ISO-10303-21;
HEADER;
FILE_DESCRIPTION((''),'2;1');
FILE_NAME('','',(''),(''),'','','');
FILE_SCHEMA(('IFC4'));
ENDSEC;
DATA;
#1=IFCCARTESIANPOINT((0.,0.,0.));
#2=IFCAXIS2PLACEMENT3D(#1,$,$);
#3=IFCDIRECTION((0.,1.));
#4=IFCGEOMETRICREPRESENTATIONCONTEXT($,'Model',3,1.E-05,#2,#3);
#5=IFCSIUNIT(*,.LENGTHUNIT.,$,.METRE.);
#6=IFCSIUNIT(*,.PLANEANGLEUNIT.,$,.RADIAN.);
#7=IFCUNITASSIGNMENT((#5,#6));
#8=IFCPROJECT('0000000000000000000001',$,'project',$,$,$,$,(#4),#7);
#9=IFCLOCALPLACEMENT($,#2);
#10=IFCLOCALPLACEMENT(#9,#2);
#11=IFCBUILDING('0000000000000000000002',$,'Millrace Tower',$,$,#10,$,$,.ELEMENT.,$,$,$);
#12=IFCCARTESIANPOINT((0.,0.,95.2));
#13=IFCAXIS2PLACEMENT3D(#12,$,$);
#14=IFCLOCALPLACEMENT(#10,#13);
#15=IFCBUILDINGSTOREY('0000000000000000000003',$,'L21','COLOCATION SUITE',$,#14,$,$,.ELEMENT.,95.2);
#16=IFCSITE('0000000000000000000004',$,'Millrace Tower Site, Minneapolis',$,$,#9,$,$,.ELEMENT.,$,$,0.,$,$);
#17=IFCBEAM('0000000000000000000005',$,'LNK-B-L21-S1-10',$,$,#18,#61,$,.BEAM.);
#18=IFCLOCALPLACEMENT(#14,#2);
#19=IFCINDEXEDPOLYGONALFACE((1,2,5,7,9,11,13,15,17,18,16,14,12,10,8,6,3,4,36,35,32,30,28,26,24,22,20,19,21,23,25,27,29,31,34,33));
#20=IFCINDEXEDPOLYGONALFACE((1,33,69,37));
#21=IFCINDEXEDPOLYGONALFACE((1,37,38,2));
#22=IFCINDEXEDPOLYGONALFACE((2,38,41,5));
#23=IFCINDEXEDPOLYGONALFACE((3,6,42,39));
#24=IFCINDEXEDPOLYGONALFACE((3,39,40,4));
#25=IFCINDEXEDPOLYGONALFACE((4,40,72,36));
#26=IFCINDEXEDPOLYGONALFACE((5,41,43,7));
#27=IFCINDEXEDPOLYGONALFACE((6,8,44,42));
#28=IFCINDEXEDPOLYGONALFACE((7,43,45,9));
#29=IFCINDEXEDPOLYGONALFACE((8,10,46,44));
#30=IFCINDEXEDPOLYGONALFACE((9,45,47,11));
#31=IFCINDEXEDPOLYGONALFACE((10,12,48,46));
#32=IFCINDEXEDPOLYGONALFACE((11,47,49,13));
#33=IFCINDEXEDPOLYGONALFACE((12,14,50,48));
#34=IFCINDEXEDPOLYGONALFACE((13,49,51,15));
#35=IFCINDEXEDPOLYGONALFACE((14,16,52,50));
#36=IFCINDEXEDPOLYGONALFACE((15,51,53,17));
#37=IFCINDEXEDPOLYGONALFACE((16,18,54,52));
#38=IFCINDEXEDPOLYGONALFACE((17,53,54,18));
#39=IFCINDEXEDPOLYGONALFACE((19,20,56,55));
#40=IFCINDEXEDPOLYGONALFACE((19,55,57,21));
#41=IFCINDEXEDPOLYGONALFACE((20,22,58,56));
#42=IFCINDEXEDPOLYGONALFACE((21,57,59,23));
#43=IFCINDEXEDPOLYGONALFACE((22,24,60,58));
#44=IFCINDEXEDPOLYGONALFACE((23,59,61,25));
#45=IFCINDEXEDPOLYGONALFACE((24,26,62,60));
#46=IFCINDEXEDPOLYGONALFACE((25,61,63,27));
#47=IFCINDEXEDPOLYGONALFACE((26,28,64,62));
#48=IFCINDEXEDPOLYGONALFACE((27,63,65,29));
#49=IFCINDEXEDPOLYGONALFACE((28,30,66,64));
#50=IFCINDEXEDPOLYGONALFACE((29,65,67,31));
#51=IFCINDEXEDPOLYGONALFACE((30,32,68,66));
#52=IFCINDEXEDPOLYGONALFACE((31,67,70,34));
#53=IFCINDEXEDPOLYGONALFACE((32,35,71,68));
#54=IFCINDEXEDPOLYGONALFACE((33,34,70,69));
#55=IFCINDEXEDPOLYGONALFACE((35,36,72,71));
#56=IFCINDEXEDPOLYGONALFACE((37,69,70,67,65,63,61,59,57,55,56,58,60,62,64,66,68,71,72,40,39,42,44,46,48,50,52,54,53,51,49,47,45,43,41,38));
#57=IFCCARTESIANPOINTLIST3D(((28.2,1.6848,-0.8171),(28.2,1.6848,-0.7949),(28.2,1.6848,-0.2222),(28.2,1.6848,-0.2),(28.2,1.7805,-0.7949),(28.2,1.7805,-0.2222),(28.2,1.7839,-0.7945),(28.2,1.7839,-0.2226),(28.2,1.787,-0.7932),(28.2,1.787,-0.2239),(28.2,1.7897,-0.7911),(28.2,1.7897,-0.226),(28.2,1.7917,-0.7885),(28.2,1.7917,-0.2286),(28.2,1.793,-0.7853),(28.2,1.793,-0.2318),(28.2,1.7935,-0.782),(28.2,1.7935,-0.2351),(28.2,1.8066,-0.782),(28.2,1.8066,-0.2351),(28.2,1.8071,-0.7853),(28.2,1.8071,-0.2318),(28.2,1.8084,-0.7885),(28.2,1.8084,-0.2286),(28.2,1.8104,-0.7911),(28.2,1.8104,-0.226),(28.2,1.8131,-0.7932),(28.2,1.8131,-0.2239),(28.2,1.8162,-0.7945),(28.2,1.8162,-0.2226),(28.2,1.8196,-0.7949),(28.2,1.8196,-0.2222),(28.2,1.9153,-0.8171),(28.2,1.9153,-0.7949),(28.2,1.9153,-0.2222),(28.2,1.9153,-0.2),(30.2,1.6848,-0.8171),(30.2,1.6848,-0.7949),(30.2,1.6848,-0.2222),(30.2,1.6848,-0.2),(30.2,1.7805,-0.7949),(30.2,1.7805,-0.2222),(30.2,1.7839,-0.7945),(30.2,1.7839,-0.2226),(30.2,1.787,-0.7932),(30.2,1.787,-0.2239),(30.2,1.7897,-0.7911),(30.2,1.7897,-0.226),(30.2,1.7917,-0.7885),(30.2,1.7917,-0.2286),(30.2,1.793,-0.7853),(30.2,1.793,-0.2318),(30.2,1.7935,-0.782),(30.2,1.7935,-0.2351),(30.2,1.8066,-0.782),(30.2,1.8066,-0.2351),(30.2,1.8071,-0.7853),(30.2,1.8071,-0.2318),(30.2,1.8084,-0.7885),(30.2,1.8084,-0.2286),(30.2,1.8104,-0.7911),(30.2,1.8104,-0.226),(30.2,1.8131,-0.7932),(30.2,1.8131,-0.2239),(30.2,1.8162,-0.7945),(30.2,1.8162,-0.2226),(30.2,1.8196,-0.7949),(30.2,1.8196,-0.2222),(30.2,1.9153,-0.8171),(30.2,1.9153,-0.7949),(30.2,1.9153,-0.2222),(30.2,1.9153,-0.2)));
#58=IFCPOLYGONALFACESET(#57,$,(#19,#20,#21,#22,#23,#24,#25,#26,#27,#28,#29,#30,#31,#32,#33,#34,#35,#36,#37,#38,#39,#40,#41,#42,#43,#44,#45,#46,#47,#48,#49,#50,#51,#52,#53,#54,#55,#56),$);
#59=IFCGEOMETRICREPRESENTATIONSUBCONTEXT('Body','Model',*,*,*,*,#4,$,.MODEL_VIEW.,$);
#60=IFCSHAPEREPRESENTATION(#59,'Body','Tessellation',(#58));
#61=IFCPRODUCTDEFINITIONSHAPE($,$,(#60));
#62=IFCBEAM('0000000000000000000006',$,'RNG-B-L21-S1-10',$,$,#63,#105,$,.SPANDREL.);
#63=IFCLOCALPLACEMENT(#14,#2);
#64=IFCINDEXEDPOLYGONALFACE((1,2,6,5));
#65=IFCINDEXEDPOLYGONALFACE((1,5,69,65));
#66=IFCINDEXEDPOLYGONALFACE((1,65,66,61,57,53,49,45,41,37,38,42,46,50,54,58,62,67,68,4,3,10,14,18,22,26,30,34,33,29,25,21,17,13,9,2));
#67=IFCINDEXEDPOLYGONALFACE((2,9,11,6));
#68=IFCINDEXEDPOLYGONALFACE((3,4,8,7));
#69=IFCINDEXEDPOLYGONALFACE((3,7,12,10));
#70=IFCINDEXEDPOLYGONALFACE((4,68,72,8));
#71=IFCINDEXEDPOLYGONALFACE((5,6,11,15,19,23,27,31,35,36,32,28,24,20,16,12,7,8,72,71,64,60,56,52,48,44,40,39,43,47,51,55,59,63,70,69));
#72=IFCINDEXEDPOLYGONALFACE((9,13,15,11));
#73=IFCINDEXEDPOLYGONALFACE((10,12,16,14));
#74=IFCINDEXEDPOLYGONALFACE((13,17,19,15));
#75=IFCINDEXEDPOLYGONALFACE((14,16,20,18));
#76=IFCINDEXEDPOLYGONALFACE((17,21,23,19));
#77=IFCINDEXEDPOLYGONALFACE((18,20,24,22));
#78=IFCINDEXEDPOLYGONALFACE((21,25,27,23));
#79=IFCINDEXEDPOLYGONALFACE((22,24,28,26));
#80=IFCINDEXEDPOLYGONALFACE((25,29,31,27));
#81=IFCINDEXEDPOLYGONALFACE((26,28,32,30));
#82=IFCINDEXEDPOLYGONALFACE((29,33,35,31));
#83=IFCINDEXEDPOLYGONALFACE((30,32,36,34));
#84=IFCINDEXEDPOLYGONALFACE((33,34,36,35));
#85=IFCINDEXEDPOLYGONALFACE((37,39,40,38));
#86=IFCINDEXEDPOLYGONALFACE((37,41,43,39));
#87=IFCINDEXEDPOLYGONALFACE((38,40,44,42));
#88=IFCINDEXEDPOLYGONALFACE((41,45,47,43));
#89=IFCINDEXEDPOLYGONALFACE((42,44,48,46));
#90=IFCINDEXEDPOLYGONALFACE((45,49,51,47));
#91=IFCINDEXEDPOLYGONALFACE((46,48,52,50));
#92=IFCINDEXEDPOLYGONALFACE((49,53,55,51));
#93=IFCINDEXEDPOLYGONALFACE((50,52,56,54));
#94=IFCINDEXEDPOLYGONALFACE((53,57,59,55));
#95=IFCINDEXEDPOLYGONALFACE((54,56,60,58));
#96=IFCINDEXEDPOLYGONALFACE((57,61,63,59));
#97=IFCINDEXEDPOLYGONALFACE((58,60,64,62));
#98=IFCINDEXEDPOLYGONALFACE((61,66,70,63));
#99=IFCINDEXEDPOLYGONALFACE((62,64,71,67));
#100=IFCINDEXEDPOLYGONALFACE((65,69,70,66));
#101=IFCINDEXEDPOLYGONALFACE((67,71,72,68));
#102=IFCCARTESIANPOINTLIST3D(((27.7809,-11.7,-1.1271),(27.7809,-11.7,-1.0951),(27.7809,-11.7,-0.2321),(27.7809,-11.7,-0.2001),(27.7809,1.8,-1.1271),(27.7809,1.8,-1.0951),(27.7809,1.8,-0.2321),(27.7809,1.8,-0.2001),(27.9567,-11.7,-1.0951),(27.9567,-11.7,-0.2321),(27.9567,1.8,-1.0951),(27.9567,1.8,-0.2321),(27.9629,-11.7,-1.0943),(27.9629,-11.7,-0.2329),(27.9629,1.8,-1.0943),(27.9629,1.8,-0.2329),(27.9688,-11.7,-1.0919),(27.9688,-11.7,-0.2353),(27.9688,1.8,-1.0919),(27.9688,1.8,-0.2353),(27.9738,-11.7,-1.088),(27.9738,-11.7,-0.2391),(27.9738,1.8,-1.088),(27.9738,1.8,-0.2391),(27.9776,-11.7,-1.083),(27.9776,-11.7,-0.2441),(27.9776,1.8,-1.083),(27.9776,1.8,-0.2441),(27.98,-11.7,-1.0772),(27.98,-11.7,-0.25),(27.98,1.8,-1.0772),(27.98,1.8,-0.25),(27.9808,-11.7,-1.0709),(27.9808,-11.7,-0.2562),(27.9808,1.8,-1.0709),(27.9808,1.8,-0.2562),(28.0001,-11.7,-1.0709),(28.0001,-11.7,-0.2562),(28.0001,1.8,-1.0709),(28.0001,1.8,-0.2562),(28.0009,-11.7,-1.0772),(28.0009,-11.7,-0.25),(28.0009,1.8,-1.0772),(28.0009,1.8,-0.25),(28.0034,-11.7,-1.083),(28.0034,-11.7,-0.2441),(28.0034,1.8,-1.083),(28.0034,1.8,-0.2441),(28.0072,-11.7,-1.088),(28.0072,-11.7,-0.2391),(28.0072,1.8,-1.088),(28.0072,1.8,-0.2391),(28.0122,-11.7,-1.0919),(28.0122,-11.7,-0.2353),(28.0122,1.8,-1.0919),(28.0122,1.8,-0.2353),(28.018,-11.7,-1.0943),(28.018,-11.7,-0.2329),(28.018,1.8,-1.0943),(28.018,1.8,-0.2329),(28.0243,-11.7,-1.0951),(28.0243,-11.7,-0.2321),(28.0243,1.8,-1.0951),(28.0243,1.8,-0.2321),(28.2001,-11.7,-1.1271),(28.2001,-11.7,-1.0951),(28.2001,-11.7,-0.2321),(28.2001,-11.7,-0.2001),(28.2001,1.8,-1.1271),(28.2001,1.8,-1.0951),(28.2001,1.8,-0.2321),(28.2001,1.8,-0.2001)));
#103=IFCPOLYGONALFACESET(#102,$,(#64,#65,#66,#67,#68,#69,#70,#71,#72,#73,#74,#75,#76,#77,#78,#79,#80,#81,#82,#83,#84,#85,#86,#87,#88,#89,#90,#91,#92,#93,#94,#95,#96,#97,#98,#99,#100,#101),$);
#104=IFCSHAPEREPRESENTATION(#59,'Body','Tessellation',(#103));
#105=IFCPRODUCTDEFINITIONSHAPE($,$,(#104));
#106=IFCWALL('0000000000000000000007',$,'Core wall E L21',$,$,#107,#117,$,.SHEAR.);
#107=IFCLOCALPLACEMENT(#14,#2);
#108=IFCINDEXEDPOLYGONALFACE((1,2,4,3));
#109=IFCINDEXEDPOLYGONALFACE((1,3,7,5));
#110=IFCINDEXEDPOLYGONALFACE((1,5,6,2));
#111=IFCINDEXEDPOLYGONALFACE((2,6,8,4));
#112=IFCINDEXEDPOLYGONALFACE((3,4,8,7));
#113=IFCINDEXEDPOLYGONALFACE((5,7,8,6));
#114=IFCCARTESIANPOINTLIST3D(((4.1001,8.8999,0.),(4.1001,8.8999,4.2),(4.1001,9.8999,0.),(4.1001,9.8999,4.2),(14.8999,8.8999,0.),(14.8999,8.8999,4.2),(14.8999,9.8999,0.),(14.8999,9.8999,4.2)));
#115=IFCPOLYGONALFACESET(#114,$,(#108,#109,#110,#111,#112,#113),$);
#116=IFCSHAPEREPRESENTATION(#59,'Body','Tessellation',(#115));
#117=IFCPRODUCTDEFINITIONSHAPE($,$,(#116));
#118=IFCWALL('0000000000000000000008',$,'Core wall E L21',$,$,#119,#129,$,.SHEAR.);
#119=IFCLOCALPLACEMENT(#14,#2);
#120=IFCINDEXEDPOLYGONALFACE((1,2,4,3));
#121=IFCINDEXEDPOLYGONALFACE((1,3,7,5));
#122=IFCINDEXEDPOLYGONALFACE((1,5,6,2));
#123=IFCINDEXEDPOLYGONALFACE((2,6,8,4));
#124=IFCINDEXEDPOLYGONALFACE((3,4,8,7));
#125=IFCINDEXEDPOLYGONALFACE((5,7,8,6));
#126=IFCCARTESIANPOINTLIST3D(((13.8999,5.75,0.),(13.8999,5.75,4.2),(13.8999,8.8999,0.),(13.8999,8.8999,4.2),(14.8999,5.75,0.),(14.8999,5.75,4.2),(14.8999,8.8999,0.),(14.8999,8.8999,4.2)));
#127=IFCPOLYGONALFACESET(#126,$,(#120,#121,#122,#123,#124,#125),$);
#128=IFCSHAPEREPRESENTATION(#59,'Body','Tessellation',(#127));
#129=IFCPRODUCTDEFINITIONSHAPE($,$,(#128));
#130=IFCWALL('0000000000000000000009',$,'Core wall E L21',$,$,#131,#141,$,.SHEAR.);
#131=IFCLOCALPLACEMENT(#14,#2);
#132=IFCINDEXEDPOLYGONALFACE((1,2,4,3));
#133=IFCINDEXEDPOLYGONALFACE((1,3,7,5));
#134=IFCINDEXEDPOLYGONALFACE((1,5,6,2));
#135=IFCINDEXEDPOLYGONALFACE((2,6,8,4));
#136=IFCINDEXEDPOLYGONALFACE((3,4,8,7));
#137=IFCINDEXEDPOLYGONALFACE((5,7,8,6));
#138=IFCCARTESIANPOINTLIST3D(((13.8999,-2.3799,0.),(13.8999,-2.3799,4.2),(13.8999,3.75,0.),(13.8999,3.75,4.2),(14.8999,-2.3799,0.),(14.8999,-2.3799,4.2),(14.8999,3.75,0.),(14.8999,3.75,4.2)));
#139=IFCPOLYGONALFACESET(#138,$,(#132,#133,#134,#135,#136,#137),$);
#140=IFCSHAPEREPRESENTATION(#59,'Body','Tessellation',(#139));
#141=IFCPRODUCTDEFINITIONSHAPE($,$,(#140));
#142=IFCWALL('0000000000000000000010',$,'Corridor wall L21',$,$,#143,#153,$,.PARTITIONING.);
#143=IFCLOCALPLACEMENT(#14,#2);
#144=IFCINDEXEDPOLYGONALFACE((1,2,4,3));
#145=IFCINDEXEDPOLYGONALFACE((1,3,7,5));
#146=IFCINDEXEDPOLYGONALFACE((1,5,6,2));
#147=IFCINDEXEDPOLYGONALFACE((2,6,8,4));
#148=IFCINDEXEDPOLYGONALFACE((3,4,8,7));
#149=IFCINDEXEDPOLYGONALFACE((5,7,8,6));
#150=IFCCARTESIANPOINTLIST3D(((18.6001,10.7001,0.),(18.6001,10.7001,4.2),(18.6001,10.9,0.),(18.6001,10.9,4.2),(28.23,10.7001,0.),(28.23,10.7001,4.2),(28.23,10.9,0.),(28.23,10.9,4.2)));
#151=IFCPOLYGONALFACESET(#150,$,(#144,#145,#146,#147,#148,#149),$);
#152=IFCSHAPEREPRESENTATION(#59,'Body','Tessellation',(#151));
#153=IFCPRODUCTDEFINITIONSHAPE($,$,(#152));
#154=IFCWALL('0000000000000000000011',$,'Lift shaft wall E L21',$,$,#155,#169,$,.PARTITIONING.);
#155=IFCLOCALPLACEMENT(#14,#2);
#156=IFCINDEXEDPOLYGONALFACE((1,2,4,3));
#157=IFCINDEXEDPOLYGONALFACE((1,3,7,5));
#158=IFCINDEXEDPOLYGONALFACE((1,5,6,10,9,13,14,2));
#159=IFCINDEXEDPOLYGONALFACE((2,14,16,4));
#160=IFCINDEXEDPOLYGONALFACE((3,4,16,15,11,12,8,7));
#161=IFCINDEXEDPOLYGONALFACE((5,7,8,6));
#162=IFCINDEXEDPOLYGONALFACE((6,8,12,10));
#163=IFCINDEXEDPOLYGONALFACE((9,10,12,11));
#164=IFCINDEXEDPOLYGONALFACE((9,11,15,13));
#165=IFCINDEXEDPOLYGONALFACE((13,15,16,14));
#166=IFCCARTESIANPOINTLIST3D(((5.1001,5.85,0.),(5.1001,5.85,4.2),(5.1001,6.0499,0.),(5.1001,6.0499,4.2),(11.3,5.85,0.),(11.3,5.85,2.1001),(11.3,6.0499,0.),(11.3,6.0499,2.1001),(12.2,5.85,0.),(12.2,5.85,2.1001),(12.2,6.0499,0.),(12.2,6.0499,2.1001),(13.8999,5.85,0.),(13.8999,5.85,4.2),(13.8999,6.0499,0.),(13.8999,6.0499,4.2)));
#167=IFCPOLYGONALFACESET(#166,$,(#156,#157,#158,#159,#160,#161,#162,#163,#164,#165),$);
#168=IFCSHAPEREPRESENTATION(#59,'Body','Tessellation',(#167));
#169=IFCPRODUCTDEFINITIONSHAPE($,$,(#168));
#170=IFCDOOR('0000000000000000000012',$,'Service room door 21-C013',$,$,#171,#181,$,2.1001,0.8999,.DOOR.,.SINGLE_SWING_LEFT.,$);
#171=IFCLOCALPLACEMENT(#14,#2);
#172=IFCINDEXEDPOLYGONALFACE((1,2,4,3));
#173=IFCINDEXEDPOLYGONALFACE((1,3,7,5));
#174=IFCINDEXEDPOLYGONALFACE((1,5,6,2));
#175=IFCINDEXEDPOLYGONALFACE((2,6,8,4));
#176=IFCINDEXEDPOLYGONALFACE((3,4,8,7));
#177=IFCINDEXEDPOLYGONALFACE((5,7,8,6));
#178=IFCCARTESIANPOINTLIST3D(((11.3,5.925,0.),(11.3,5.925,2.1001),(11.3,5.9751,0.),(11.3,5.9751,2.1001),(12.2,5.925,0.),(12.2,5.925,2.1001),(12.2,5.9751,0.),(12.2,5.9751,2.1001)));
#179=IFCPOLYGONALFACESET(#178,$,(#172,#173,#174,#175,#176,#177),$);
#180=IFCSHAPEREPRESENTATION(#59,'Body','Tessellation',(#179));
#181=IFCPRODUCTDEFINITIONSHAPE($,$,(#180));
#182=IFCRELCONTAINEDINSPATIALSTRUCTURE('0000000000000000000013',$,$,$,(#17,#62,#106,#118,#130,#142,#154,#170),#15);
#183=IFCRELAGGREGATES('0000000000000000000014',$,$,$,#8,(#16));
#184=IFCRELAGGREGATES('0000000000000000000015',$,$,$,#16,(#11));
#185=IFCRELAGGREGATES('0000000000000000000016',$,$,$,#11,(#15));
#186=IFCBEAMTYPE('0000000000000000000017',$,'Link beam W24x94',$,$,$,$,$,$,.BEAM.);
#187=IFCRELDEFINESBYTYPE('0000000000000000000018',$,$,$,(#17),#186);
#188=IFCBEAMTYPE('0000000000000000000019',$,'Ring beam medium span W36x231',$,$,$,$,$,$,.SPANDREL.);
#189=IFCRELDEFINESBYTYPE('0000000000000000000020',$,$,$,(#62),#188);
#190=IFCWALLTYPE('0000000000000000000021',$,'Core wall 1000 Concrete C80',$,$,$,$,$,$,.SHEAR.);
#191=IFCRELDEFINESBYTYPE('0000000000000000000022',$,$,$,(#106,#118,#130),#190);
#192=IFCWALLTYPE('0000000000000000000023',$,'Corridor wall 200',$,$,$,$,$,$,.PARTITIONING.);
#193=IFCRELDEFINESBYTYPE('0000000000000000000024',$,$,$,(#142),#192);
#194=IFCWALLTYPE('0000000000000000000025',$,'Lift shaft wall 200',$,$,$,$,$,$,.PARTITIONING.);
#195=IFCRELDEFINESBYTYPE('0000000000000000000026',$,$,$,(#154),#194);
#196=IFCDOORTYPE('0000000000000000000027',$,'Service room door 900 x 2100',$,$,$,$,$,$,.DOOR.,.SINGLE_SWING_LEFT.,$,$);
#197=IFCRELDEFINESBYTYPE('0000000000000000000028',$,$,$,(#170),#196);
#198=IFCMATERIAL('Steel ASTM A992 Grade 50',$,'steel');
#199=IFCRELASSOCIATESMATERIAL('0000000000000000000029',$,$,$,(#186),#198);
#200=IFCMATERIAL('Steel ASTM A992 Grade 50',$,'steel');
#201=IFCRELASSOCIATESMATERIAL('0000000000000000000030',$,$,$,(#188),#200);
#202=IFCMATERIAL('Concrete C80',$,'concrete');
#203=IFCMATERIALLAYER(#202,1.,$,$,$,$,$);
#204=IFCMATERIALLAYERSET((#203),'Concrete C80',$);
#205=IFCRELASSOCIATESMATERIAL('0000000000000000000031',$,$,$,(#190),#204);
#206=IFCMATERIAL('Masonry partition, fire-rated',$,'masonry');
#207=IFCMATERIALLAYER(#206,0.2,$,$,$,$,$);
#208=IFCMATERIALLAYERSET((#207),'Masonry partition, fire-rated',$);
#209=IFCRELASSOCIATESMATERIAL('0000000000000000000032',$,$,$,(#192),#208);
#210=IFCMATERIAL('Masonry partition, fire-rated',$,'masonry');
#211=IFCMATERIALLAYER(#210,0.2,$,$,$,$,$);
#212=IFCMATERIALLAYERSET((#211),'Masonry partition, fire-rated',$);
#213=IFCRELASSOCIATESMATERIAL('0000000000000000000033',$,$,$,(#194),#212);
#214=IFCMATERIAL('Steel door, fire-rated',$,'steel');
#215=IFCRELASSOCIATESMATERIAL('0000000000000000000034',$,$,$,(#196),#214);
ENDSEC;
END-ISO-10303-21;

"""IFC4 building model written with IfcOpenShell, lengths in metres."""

from ifc_helpers import new_model, si_unit, direction, frame, frame_2d, origin, origin_2d, place, context, subcontext, project, spatial, rectangle, i_section, extrude, material, layer, layer_set, material_profile, profile_set, type_object, element, fill, save


model = new_model("IFC4")

# Units and contexts
model_context = context("Model", 3, precision=1e-05, world=origin(), true_north=direction((0.0, 1.0)))
body_context = subcontext(model_context, "Body", "Model", "MODEL_VIEW")
ifc_project = project(units=[si_unit("LENGTHUNIT", "METRE"), si_unit("PLANEANGLEUNIT", "RADIAN")], contexts=[model_context])

# Site, building, storey
site_placement = place(None, origin())
site = spatial("IfcSite", under=ifc_project, at=site_placement, Name="Millrace Tower Site, Minneapolis", CompositionType="ELEMENT", RefElevation=0.0)
building_placement = place(site_placement, origin())
building = spatial("IfcBuilding", under=site, at=building_placement, Name="Millrace Tower", CompositionType="ELEMENT")
storey_placement = place(building_placement, frame((0.0, 0.0, 95.2)))
storey = spatial("IfcBuildingStorey", under=building, at=storey_placement, Name="L21", Description="COLOCATION SUITE", CompositionType="ELEMENT", Elevation=95.2)

# Beams
ifc_material_1 = material(Name="Steel ASTM A992 Grade 50", Category="steel")
ifc_material_profile_1 = material_profile(ifc_material_1, i_section(OverallWidth=0.2305, OverallDepth=0.6172, WebThickness=0.0132, FlangeThickness=0.0222, FilletRadius=0.0129, at=origin_2d()))
ifc_profile_set_1 = profile_set([ifc_material_profile_1], Name="Steel ASTM A992 Grade 50")
beam_type_1 = type_object("IfcBeamType", Name="Link beam W24x94", PredefinedType="BEAM", material=ifc_profile_set_1)
beam_1_placement = place(storey_placement, frame((28.2, 1.8, -0.5085), z_axis=(1.0, 0.0, 0.0), x_axis=(0.0, 1.0, 0.0)))
element("IfcBeam", 1, at=beam_1_placement, inside=storey, type_object=beam_type_1, Name="LNK-B-L21-S1-10", PredefinedType="BEAM", context=body_context, shape_type="SweptSolid", body=[
    extrude(i_section(OverallWidth=0.2305, OverallDepth=0.6172, WebThickness=0.0132, FlangeThickness=0.0222, FilletRadius=0.0129, at=origin_2d()), origin(), (0.0, 0.0, 1.0), 2.0),
])
ifc_material_2 = material(Name="Steel ASTM A992 Grade 50", Category="steel")
ifc_material_profile_2 = material_profile(ifc_material_2, i_section(OverallWidth=0.4192, OverallDepth=0.927, WebThickness=0.0193, FlangeThickness=0.032, FilletRadius=0.0242, at=origin_2d()))
ifc_profile_set_2 = profile_set([ifc_material_profile_2], Name="Steel ASTM A992 Grade 50")
beam_type_2 = type_object("IfcBeamType", Name="Ring beam medium span W36x231", PredefinedType="SPANDREL", material=ifc_profile_set_2)
beam_2_placement = place(storey_placement, frame((27.9905, 1.8, -0.6636), z_axis=(0.0, -1.0, 0.0), x_axis=(1.0, 0.0, 0.0)))
element("IfcBeam", 2, at=beam_2_placement, inside=storey, type_object=beam_type_2, Name="RNG-B-L21-S1-10", PredefinedType="SPANDREL", context=body_context, shape_type="SweptSolid", body=[
    extrude(i_section(OverallWidth=0.4192, OverallDepth=0.927, WebThickness=0.0193, FlangeThickness=0.032, FilletRadius=0.0242, at=origin_2d()), origin(), (0.0, 0.0, 1.0), 13.5),
])

# Walls
ifc_material_3 = material(Name="Concrete C80", Category="concrete")
ifc_layer_1 = layer(ifc_material_3, 1.0)
ifc_layer_set_1 = layer_set([ifc_layer_1], Name="Concrete C80")
wall_type_1 = type_object("IfcWallType", Name="Core wall 1000 Concrete C80", PredefinedType="SHEAR", material=ifc_layer_set_1)
wall_1_placement = place(storey_placement, frame((14.8999, 9.3999, 0.0), z_axis=(0.0, 0.0, 1.0), x_axis=(-1.0, 0.0, 0.0)))
element("IfcWall", 3, at=wall_1_placement, inside=storey, type_object=wall_type_1, Name="Core wall E L21", PredefinedType="SHEAR", context=body_context, shape_type="SweptSolid", body=[
    extrude(rectangle(XDim=10.7998, YDim=1.0, at=frame_2d((5.3999, 0.0))), origin(), (0.0, 0.0, 1.0), 4.2),
])
wall_2_placement = place(storey_placement, frame((14.3999, 8.8999, 0.0), z_axis=(0.0, 0.0, 1.0), x_axis=(0.0, -1.0, 0.0)))
element("IfcWall", 4, at=wall_2_placement, inside=storey, type_object=wall_type_1, Name="Core wall E L21", PredefinedType="SHEAR", context=body_context, shape_type="SweptSolid", body=[
    extrude(rectangle(XDim=3.1499, YDim=1.0, at=frame_2d((1.575, 0.0))), origin(), (0.0, 0.0, 1.0), 4.2),
])
wall_3_placement = place(storey_placement, frame((14.3999, 3.75, 0.0), z_axis=(0.0, 0.0, 1.0), x_axis=(0.0, -1.0, 0.0)))
element("IfcWall", 5, at=wall_3_placement, inside=storey, type_object=wall_type_1, Name="Core wall E L21", PredefinedType="SHEAR", context=body_context, shape_type="SweptSolid", body=[
    extrude(rectangle(XDim=6.1299, YDim=1.0, at=frame_2d((3.0649, 0.0))), origin(), (0.0, 0.0, 1.0), 4.2),
])
ifc_material_4 = material(Name="Masonry partition, fire-rated", Category="masonry")
ifc_layer_2 = layer(ifc_material_4, 0.2)
ifc_layer_set_2 = layer_set([ifc_layer_2], Name="Masonry partition, fire-rated")
wall_type_2 = type_object("IfcWallType", Name="Corridor wall 200", PredefinedType="PARTITIONING", material=ifc_layer_set_2)
wall_4_placement = place(storey_placement, frame((18.6001, 10.8, 0.0), z_axis=(0.0, 0.0, 1.0), x_axis=(1.0, 0.0, 0.0)))
element("IfcWall", 6, at=wall_4_placement, inside=storey, type_object=wall_type_2, Name="Corridor wall L21", PredefinedType="PARTITIONING", context=body_context, shape_type="SweptSolid", body=[
    extrude(rectangle(XDim=9.6299, YDim=0.2, at=frame_2d((4.8149, 0.0))), origin(), (0.0, 0.0, 1.0), 4.2),
])

# Wall, opening, door
ifc_material_5 = material(Name="Masonry partition, fire-rated", Category="masonry")
ifc_layer_3 = layer(ifc_material_5, 0.2)
ifc_layer_set_3 = layer_set([ifc_layer_3], Name="Masonry partition, fire-rated")
wall_type_3 = type_object("IfcWallType", Name="Lift shaft wall 200", PredefinedType="PARTITIONING", material=ifc_layer_set_3)
wall_5_placement = place(storey_placement, frame((13.8999, 5.95, 0.0), z_axis=(0.0, 0.0, 1.0), x_axis=(-1.0, 0.0, 0.0)))
wall_5 = element("IfcWall", 7, at=wall_5_placement, inside=storey, type_object=wall_type_3, Name="Lift shaft wall E L21", PredefinedType="PARTITIONING", context=body_context, shape_type="SweptSolid", body=[
    extrude(rectangle(XDim=8.7998, YDim=0.2, at=frame_2d((4.3999, 0.0))), origin(), (0.0, 0.0, 1.0), 4.2),
])
opening_1_placement = place(wall_5_placement, frame((1.7, 0.0, 0.0)))
opening_1 = element("IfcOpeningElement", 8, at=opening_1_placement, cuts=wall_5, PredefinedType="OPENING", context=body_context, shape_type="SweptSolid", body=[
    extrude(rectangle(XDim=0.8999, YDim=2.1001, at=frame_2d((0.45, 1.05))), frame((0.0, 0.1099, 0.0), z_axis=(0.0, -1.0, 0.0), x_axis=(1.0, 0.0, 0.0)), (0.0, 0.0, 1.0), 0.22),
])
ifc_material_6 = material(Name="Steel door, fire-rated", Category="steel")
door_type_1 = type_object("IfcDoorType", Name="Service room door 900 x 2100", OperationType="SINGLE_SWING_LEFT", PredefinedType="DOOR", material=ifc_material_6)
door_1_placement = place(opening_1_placement, origin())
door_1 = element("IfcDoor", 9, at=door_1_placement, inside=storey, type_object=door_type_1, Name="Service room door 21-C013", OperationType="SINGLE_SWING_LEFT", OverallHeight=2.1001, OverallWidth=0.8999, PredefinedType="DOOR", context=body_context, shape_type="SweptSolid", body=[
    extrude(rectangle(XDim=0.8999, YDim=2.1001, at=frame_2d((0.45, 1.05))), frame((0.0, 0.0249, 0.0), z_axis=(0.0, -1.0, 0.0), x_axis=(1.0, 0.0, 0.0)), (0.0, 0.0, 1.0), 0.05),
])
fill(opening_1, door_1)

save(model, "model.ifc")
